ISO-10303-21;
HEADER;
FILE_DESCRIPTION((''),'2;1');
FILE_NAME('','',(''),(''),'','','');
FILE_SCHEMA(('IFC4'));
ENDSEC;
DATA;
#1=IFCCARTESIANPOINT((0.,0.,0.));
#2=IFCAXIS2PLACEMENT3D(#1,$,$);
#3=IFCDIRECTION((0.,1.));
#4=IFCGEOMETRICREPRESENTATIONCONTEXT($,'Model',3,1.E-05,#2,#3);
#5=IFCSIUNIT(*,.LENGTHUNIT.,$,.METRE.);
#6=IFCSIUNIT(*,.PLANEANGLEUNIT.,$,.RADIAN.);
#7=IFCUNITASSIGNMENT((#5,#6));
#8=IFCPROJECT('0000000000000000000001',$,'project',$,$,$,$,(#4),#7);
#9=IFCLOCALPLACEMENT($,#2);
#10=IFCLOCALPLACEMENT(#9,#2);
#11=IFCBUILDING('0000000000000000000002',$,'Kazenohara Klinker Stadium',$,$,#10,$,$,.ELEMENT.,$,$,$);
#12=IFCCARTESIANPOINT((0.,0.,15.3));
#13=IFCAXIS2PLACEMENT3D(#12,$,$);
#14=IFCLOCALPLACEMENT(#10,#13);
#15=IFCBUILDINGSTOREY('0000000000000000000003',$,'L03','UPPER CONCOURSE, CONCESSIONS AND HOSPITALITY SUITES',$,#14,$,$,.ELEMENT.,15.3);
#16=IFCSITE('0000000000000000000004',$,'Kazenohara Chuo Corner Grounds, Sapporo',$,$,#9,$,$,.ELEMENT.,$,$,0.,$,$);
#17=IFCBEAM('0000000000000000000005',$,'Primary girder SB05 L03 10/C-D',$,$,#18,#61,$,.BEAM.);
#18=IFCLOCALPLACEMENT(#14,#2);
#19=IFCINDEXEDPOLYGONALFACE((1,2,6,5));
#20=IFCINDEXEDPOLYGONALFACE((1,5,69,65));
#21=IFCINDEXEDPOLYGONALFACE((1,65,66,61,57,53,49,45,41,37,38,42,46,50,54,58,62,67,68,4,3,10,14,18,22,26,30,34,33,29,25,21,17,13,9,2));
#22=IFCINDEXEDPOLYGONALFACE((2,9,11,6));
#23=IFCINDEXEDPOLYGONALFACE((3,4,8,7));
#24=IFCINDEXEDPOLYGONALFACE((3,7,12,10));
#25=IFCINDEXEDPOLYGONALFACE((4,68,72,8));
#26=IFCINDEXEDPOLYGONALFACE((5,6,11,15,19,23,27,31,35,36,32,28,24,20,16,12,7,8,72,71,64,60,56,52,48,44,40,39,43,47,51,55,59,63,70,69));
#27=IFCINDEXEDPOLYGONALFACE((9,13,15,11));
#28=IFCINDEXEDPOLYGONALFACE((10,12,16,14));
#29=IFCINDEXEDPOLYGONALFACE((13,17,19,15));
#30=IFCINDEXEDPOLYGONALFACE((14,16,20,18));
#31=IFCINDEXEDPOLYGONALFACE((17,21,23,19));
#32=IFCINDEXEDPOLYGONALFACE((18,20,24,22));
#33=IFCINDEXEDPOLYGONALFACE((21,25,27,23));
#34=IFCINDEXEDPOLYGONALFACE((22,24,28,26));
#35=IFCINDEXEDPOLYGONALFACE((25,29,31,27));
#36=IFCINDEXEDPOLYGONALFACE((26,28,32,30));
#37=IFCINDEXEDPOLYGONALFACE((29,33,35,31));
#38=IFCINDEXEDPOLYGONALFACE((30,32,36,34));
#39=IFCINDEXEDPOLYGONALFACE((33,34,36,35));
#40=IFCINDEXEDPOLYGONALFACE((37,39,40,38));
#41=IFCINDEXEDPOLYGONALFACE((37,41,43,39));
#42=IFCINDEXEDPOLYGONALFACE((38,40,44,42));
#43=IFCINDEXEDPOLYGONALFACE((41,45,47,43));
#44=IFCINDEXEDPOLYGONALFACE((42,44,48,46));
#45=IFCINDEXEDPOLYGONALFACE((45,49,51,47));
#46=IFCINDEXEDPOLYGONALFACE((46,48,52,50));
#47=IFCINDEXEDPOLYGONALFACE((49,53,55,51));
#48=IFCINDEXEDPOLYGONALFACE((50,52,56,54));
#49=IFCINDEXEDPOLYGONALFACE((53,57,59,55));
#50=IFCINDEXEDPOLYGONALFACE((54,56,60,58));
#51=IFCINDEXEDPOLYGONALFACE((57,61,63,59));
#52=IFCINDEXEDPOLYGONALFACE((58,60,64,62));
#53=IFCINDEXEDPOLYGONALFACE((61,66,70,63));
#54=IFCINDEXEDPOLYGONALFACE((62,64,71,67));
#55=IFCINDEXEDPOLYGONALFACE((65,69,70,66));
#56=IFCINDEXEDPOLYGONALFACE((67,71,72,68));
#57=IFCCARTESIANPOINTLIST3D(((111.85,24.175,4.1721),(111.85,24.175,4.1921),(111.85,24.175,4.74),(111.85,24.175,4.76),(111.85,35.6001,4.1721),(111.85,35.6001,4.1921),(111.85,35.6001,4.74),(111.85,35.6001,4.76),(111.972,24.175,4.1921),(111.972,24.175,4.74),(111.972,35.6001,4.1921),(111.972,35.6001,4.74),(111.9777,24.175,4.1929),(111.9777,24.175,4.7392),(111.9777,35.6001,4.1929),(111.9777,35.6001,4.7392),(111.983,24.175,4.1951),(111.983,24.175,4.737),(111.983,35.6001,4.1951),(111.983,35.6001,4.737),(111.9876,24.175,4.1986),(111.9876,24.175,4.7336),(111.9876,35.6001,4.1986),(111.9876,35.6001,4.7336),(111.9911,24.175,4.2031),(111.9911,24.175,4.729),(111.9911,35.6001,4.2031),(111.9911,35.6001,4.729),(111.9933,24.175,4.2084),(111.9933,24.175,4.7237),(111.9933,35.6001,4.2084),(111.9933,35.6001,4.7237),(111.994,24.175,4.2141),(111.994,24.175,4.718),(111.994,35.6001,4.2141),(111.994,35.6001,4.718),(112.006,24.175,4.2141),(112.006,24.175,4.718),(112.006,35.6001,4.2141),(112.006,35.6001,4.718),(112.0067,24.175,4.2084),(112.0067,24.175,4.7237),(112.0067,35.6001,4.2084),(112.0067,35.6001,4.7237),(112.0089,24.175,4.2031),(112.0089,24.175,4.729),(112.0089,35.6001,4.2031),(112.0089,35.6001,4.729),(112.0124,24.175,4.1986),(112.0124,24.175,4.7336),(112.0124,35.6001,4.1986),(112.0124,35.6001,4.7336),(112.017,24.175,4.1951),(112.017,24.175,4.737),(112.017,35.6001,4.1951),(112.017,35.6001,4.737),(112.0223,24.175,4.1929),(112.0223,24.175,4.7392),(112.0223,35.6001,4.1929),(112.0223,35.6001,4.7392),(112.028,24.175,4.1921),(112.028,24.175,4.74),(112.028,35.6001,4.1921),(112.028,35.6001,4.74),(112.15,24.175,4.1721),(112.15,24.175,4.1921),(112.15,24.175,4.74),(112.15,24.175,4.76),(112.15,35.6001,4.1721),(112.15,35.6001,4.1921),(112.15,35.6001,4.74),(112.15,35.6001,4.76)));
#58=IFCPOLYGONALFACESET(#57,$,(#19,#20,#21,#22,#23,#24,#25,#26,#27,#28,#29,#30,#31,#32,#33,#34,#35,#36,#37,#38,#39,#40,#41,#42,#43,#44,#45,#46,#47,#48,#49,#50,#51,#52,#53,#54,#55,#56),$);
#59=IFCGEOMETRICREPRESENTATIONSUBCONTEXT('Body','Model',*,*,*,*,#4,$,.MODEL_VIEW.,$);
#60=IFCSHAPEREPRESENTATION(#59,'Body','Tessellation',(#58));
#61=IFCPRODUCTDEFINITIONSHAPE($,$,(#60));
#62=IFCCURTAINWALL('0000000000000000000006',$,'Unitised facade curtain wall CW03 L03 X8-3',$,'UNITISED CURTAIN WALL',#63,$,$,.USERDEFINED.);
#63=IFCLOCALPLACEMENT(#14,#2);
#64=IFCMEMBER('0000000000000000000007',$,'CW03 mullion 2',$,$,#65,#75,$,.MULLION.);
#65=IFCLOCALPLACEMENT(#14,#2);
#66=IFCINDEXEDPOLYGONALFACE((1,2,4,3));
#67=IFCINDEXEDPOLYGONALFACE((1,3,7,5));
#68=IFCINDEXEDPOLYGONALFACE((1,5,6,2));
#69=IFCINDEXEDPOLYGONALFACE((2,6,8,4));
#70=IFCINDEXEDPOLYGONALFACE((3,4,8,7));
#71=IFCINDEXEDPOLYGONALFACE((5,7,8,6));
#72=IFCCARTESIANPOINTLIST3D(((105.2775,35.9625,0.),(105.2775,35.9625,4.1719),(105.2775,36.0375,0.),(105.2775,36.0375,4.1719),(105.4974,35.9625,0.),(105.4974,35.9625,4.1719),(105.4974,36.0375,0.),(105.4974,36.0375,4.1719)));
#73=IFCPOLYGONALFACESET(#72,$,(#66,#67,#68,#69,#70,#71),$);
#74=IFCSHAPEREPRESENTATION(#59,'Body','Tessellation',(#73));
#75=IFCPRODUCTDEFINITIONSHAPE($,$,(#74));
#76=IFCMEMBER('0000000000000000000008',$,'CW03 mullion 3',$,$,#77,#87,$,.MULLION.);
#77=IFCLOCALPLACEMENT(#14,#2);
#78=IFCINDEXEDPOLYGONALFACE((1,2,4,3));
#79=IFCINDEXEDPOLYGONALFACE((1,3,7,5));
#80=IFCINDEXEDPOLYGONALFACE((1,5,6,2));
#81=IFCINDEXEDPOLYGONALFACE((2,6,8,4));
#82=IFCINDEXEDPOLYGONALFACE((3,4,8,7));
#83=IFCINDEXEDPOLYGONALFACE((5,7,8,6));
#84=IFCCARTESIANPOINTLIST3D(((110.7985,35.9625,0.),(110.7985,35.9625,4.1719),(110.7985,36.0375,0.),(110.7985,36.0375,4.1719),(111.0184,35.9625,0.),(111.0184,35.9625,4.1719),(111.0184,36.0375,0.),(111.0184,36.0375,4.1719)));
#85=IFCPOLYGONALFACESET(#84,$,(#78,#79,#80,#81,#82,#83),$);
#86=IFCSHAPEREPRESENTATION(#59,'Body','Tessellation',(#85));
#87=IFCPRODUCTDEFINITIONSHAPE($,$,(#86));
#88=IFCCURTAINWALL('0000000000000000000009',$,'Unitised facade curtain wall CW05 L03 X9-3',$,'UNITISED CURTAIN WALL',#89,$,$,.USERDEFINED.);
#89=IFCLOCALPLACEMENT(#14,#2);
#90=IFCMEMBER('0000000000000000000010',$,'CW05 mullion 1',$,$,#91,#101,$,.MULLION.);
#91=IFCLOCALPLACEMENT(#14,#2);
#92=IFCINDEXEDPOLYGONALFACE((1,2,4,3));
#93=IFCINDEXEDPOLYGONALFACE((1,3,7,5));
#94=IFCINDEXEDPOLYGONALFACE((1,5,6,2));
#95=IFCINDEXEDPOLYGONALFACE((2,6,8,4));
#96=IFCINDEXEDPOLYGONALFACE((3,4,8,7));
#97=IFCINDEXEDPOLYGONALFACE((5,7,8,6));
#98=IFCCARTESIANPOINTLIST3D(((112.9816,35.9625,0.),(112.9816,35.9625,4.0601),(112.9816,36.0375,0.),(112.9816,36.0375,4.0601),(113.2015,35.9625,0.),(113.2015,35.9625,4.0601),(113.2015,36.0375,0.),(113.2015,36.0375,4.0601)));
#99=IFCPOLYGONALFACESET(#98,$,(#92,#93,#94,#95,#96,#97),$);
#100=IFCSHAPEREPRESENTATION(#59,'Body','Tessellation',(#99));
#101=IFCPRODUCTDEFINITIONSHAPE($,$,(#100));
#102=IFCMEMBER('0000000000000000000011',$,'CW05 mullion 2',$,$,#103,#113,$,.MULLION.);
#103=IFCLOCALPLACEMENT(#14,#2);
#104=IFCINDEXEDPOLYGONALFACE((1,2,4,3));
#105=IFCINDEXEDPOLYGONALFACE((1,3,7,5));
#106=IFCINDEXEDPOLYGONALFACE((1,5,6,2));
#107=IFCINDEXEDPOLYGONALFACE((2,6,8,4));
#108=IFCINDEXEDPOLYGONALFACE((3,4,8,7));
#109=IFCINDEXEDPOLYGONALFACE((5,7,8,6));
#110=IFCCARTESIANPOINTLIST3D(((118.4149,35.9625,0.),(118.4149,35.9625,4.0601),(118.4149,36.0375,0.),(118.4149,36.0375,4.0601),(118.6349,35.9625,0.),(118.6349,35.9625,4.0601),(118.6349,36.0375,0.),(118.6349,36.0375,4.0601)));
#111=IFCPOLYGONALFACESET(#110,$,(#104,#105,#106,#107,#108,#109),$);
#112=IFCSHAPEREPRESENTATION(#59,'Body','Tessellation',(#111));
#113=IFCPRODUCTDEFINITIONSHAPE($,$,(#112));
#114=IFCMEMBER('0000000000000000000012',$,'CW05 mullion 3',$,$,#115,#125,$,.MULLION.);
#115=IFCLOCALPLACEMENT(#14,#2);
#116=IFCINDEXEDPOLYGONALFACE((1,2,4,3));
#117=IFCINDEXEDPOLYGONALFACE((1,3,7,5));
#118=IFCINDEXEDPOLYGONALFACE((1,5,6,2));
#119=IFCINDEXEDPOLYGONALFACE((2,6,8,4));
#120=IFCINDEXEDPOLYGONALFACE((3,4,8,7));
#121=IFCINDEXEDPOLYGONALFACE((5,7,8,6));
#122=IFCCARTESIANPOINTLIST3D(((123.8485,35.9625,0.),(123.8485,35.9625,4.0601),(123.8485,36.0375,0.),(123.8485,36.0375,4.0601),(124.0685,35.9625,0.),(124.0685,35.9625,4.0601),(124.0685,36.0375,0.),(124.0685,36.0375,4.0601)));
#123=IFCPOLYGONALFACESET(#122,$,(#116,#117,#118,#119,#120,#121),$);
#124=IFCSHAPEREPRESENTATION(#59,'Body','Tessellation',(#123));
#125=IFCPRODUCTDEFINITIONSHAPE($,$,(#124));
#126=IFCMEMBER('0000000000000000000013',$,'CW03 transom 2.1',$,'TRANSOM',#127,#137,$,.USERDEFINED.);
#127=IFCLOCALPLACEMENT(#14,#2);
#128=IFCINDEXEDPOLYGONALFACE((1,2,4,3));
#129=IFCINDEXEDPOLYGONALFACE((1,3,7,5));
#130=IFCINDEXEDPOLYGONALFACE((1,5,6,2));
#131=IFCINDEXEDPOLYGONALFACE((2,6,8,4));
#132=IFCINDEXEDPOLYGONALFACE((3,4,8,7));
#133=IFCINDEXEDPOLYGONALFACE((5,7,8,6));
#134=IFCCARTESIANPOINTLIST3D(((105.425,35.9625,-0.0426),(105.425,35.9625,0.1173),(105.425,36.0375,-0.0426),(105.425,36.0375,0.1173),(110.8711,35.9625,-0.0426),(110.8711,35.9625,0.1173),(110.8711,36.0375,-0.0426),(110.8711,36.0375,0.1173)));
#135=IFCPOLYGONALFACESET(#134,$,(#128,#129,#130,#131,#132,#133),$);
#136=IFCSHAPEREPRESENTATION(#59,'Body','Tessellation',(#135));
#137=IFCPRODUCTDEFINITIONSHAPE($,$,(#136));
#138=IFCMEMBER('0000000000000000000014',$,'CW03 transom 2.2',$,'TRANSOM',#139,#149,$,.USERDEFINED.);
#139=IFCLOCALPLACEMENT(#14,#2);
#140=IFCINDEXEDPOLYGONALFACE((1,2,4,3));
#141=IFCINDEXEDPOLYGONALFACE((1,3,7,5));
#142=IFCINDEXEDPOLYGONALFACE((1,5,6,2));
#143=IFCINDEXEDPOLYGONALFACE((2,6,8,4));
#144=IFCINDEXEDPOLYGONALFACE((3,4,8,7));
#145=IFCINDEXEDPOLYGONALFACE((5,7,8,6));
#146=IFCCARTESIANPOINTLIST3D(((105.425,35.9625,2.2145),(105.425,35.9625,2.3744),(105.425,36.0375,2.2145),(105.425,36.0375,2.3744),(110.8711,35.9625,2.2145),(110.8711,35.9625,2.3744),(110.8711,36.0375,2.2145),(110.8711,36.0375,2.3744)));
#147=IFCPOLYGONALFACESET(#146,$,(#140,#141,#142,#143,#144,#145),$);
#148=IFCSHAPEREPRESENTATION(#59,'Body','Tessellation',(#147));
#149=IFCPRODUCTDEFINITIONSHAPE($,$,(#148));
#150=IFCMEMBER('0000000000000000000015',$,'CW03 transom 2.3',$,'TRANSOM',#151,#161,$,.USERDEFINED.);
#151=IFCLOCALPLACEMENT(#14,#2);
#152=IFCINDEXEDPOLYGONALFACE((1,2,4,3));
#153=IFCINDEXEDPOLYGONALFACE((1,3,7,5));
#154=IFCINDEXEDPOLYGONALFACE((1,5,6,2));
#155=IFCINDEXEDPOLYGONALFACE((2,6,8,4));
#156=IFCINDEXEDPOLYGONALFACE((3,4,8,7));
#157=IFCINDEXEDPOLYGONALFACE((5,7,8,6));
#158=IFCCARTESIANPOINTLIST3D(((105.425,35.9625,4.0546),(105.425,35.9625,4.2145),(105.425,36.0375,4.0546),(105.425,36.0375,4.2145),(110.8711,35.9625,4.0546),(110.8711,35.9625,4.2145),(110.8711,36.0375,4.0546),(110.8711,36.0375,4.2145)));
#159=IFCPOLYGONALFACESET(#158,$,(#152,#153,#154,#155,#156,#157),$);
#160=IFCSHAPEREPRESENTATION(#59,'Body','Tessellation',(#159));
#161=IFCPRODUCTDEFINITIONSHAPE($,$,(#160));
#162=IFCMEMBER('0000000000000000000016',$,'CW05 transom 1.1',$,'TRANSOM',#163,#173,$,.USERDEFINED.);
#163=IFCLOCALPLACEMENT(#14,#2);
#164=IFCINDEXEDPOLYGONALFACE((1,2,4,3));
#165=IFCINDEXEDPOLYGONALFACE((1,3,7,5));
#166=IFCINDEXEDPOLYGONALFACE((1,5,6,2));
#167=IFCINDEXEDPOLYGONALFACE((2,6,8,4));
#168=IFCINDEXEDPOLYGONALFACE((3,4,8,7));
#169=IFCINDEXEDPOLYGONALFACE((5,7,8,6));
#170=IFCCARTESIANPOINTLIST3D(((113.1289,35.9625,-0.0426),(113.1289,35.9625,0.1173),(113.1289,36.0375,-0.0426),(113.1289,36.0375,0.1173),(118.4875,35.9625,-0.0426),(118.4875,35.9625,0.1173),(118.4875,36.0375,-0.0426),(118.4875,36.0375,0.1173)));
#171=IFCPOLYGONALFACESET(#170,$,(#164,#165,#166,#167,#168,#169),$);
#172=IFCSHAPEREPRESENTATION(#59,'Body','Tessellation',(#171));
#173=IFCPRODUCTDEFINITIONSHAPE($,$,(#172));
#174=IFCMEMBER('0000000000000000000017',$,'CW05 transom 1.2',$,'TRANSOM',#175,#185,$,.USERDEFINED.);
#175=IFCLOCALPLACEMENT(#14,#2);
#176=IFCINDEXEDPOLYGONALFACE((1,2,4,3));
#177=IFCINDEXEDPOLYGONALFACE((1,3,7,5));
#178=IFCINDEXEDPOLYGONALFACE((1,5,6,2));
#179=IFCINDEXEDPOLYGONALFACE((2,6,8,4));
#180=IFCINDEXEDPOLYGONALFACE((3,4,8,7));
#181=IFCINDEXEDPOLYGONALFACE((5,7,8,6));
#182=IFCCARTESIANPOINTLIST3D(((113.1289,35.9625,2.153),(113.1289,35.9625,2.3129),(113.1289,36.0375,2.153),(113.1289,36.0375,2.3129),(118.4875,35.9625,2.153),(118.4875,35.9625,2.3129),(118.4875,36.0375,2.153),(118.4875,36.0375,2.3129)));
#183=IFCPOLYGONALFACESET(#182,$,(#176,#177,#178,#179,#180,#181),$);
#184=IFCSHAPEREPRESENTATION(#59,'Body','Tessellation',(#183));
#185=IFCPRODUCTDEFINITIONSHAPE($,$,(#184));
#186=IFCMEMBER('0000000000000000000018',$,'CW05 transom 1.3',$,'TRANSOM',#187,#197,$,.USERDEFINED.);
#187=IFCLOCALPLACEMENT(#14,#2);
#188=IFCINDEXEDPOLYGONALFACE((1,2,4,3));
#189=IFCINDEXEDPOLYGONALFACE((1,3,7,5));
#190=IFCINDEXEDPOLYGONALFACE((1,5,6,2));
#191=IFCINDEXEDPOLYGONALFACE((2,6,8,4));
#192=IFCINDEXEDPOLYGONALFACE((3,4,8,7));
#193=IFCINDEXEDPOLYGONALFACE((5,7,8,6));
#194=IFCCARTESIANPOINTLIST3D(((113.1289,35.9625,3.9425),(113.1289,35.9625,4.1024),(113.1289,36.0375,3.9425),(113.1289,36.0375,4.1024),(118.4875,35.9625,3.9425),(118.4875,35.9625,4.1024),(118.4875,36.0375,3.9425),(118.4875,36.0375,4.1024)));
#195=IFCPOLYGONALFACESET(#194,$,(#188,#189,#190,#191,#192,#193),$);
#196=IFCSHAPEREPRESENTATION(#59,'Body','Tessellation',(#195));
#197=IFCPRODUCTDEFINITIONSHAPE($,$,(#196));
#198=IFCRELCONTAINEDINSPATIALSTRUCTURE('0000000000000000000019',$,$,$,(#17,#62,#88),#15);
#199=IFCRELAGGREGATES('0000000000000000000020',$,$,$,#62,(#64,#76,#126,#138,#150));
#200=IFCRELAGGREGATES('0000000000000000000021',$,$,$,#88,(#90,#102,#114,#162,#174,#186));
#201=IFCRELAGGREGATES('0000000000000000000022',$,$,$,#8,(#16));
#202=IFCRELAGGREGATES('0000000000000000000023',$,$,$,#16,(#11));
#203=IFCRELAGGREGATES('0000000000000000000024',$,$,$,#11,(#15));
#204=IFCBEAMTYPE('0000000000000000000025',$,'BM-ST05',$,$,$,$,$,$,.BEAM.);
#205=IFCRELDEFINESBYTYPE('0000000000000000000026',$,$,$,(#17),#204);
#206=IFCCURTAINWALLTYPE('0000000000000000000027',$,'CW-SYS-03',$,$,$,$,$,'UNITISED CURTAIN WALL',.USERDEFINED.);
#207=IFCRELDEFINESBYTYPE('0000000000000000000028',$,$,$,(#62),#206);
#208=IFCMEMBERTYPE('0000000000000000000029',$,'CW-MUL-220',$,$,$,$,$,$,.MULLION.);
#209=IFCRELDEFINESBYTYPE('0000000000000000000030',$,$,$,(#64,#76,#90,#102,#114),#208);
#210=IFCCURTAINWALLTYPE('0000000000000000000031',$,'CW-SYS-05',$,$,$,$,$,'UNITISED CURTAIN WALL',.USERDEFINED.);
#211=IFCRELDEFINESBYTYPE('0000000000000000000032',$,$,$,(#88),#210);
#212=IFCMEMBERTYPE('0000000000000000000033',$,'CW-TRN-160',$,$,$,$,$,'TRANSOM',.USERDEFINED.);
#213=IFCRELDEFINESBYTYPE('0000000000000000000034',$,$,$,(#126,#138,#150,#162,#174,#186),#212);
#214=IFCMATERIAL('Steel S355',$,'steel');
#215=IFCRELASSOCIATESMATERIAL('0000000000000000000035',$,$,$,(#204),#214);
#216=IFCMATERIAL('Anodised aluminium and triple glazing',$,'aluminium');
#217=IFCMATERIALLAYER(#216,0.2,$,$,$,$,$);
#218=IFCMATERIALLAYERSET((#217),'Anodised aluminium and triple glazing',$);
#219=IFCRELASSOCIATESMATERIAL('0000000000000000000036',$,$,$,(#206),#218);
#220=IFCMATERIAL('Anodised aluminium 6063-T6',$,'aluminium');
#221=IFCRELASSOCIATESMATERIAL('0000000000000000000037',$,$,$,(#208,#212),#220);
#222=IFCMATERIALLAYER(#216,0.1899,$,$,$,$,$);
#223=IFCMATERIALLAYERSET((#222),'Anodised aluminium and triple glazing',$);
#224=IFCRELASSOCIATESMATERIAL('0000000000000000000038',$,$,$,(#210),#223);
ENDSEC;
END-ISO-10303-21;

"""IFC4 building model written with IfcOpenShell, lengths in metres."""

from ifc_helpers import new_model, si_unit, direction, frame, origin, origin_2d, place, context, subcontext, project, spatial, rectangle, i_section, extrude, material, layer, layer_set, material_profile, profile_set, type_object, element, aggregate, save


model = new_model("IFC4")

# Units and contexts
model_context = context("Model", 3, precision=1e-05, world=origin(), true_north=direction((0.0, 1.0)))
body_context = subcontext(model_context, "Body", "Model", "MODEL_VIEW")
ifc_project = project(units=[si_unit("LENGTHUNIT", "METRE"), si_unit("PLANEANGLEUNIT", "RADIAN")], contexts=[model_context])

# Site, building, storey
site_placement = place(None, origin())
site = spatial("IfcSite", under=ifc_project, at=site_placement, Name="Kazenohara Chuo Corner Grounds, Sapporo", CompositionType="ELEMENT", RefElevation=0.0)
building_placement = place(site_placement, origin())
building = spatial("IfcBuilding", under=site, at=building_placement, Name="Kazenohara Klinker Stadium", CompositionType="ELEMENT")
storey_placement = place(building_placement, frame((0.0, 0.0, 15.3)))
storey = spatial("IfcBuildingStorey", under=building, at=storey_placement, Name="L03", Description="UPPER CONCOURSE, CONCESSIONS AND HOSPITALITY SUITES", CompositionType="ELEMENT", Elevation=15.3)

# Beam
ifc_material_1 = material(Name="Steel S355", Category="steel")
ifc_material_profile_1 = material_profile(ifc_material_1, i_section(OverallWidth=0.3, OverallDepth=0.5879, WebThickness=0.012, FlangeThickness=0.02, FilletRadius=0.022, at=origin_2d()), Name="H-588x300x12x20")
ifc_profile_set_1 = profile_set([ifc_material_profile_1], Name="Steel S355")
beam_type_1 = type_object("IfcBeamType", Name="BM-ST05", PredefinedType="BEAM", material=ifc_profile_set_1)
beam_1_placement = place(storey_placement, frame((112.0, 24.175, 4.4661), z_axis=(0.0, 1.0, 0.0), x_axis=(-1.0, 0.0, 0.0)))
element("IfcBeam", 1, at=beam_1_placement, inside=storey, type_object=beam_type_1, Name="Primary girder SB05 L03 10/C-D", PredefinedType="BEAM", context=body_context, shape_type="SweptSolid", body=[
    extrude(i_section(OverallWidth=0.3, OverallDepth=0.5879, WebThickness=0.012, FlangeThickness=0.02, FilletRadius=0.022, at=origin_2d()), origin(), (0.0, 0.0, 1.0), 11.425),
])

# Curtain walls, members
ifc_material_2 = material(Name="Anodised aluminium and triple glazing", Category="aluminium")
ifc_layer_1 = layer(ifc_material_2, 0.2)
ifc_layer_set_1 = layer_set([ifc_layer_1], Name="Anodised aluminium and triple glazing")
curtain_wall_type_1 = type_object("IfcCurtainWallType", Name="CW-SYS-03", ElementType="UNITISED CURTAIN WALL", PredefinedType="USERDEFINED", material=ifc_layer_set_1)
curtain_wall_1_placement = place(storey_placement, origin())
curtain_wall_1 = element("IfcCurtainWall", 2, at=curtain_wall_1_placement, inside=storey, type_object=curtain_wall_type_1, Name="Unitised facade curtain wall CW03 L03 X8-3", ObjectType="UNITISED CURTAIN WALL", PredefinedType="USERDEFINED")
ifc_material_3 = material(Name="Anodised aluminium 6063-T6", Category="aluminium")
ifc_material_profile_2 = material_profile(ifc_material_3, rectangle(XDim=0.075, YDim=0.22, at=origin_2d()), Name="ALU-MUL-75x220")
ifc_profile_set_2 = profile_set([ifc_material_profile_2], Name="Anodised aluminium 6063-T6")
member_type_1 = type_object("IfcMemberType", Name="CW-MUL-220", PredefinedType="MULLION", material=ifc_profile_set_2)
member_1_placement = place(storey_placement, frame((105.3875, 36.0, 0.0), z_axis=(0.0, 0.0, 1.0), x_axis=(0.0, 1.0, 0.0)))
member_1 = element("IfcMember", 3, at=member_1_placement, type_object=member_type_1, Name="CW03 mullion 2", PredefinedType="MULLION", context=body_context, shape_type="SweptSolid", body=[
    extrude(rectangle(XDim=0.075, YDim=0.22, at=origin_2d()), origin(), (0.0, 0.0, 1.0), 4.1719),
])
member_2_placement = place(storey_placement, frame((110.9084, 36.0, 0.0), z_axis=(0.0, 0.0, 1.0), x_axis=(0.0, 1.0, 0.0)))
member_2 = element("IfcMember", 4, at=member_2_placement, type_object=member_type_1, Name="CW03 mullion 3", PredefinedType="MULLION", context=body_context, shape_type="SweptSolid", body=[
    extrude(rectangle(XDim=0.075, YDim=0.22, at=origin_2d()), origin(), (0.0, 0.0, 1.0), 4.1719),
])
ifc_layer_2 = layer(ifc_material_2, 0.1899)
ifc_layer_set_2 = layer_set([ifc_layer_2], Name="Anodised aluminium and triple glazing")
curtain_wall_type_2 = type_object("IfcCurtainWallType", Name="CW-SYS-05", ElementType="UNITISED CURTAIN WALL", PredefinedType="USERDEFINED", material=ifc_layer_set_2)
curtain_wall_2_placement = place(storey_placement, origin())
curtain_wall_2 = element("IfcCurtainWall", 5, at=curtain_wall_2_placement, inside=storey, type_object=curtain_wall_type_2, Name="Unitised facade curtain wall CW05 L03 X9-3", ObjectType="UNITISED CURTAIN WALL", PredefinedType="USERDEFINED")
member_3_placement = place(storey_placement, frame((113.0916, 36.0, 0.0), z_axis=(0.0, 0.0, 1.0), x_axis=(0.0, 1.0, 0.0)))
member_3 = element("IfcMember", 6, at=member_3_placement, type_object=member_type_1, Name="CW05 mullion 1", PredefinedType="MULLION", context=body_context, shape_type="SweptSolid", body=[
    extrude(rectangle(XDim=0.075, YDim=0.22, at=origin_2d()), origin(), (0.0, 0.0, 1.0), 4.0601),
])
member_4_placement = place(storey_placement, frame((118.5249, 36.0, 0.0), z_axis=(0.0, 0.0, 1.0), x_axis=(0.0, 1.0, 0.0)))
member_4 = element("IfcMember", 7, at=member_4_placement, type_object=member_type_1, Name="CW05 mullion 2", PredefinedType="MULLION", context=body_context, shape_type="SweptSolid", body=[
    extrude(rectangle(XDim=0.075, YDim=0.22, at=origin_2d()), origin(), (0.0, 0.0, 1.0), 4.0601),
])
member_5_placement = place(storey_placement, frame((123.9585, 36.0, 0.0), z_axis=(0.0, 0.0, 1.0), x_axis=(0.0, 1.0, 0.0)))
member_5 = element("IfcMember", 8, at=member_5_placement, type_object=member_type_1, Name="CW05 mullion 3", PredefinedType="MULLION", context=body_context, shape_type="SweptSolid", body=[
    extrude(rectangle(XDim=0.075, YDim=0.22, at=origin_2d()), origin(), (0.0, 0.0, 1.0), 4.0601),
])

# Members
ifc_material_profile_3 = material_profile(ifc_material_3, rectangle(XDim=0.075, YDim=0.1599, at=origin_2d()), Name="ALU-TRN-75x160")
ifc_profile_set_3 = profile_set([ifc_material_profile_3], Name="Anodised aluminium 6063-T6")
member_type_2 = type_object("IfcMemberType", Name="CW-TRN-160", ElementType="TRANSOM", PredefinedType="USERDEFINED", material=ifc_profile_set_3)
member_6_placement = place(storey_placement, frame((105.425, 36.0, 0.0374), z_axis=(1.0, 0.0, 0.0), x_axis=(0.0, 1.0, 0.0)))
member_6 = element("IfcMember", 9, at=member_6_placement, type_object=member_type_2, Name="CW03 transom 2.1", ObjectType="TRANSOM", PredefinedType="USERDEFINED", context=body_context, shape_type="SweptSolid", body=[
    extrude(rectangle(XDim=0.075, YDim=0.1599, at=origin_2d()), origin(), (0.0, 0.0, 1.0), 5.446),
])
member_7_placement = place(storey_placement, frame((105.425, 36.0, 2.2944), z_axis=(1.0, 0.0, 0.0), x_axis=(0.0, 1.0, 0.0)))
member_7 = element("IfcMember", 10, at=member_7_placement, type_object=member_type_2, Name="CW03 transom 2.2", ObjectType="TRANSOM", PredefinedType="USERDEFINED", context=body_context, shape_type="SweptSolid", body=[
    extrude(rectangle(XDim=0.075, YDim=0.1599, at=origin_2d()), origin(), (0.0, 0.0, 1.0), 5.446),
])
member_8_placement = place(storey_placement, frame((105.425, 36.0, 4.1345), z_axis=(1.0, 0.0, 0.0), x_axis=(0.0, 1.0, 0.0)))
member_8 = element("IfcMember", 11, at=member_8_placement, type_object=member_type_2, Name="CW03 transom 2.3", ObjectType="TRANSOM", PredefinedType="USERDEFINED", context=body_context, shape_type="SweptSolid", body=[
    extrude(rectangle(XDim=0.075, YDim=0.1599, at=origin_2d()), origin(), (0.0, 0.0, 1.0), 5.446),
])
member_9_placement = place(storey_placement, frame((113.1289, 36.0, 0.0374), z_axis=(1.0, 0.0, 0.0), x_axis=(0.0, 1.0, 0.0)))
member_9 = element("IfcMember", 12, at=member_9_placement, type_object=member_type_2, Name="CW05 transom 1.1", ObjectType="TRANSOM", PredefinedType="USERDEFINED", context=body_context, shape_type="SweptSolid", body=[
    extrude(rectangle(XDim=0.075, YDim=0.1599, at=origin_2d()), origin(), (0.0, 0.0, 1.0), 5.3586),
])
member_10_placement = place(storey_placement, frame((113.1289, 36.0, 2.2329), z_axis=(1.0, 0.0, 0.0), x_axis=(0.0, 1.0, 0.0)))
member_10 = element("IfcMember", 13, at=member_10_placement, type_object=member_type_2, Name="CW05 transom 1.2", ObjectType="TRANSOM", PredefinedType="USERDEFINED", context=body_context, shape_type="SweptSolid", body=[
    extrude(rectangle(XDim=0.075, YDim=0.1599, at=origin_2d()), origin(), (0.0, 0.0, 1.0), 5.3586),
])
member_11_placement = place(storey_placement, frame((113.1289, 36.0, 4.0225), z_axis=(1.0, 0.0, 0.0), x_axis=(0.0, 1.0, 0.0)))
member_11 = element("IfcMember", 14, at=member_11_placement, type_object=member_type_2, Name="CW05 transom 1.3", ObjectType="TRANSOM", PredefinedType="USERDEFINED", context=body_context, shape_type="SweptSolid", body=[
    extrude(rectangle(XDim=0.075, YDim=0.1599, at=origin_2d()), origin(), (0.0, 0.0, 1.0), 5.3586),
])

aggregate(curtain_wall_1, [member_1, member_2, member_6, member_7, member_8])
aggregate(curtain_wall_2, [member_3, member_4, member_5, member_9, member_10, member_11])

save(model, "model.ifc")
